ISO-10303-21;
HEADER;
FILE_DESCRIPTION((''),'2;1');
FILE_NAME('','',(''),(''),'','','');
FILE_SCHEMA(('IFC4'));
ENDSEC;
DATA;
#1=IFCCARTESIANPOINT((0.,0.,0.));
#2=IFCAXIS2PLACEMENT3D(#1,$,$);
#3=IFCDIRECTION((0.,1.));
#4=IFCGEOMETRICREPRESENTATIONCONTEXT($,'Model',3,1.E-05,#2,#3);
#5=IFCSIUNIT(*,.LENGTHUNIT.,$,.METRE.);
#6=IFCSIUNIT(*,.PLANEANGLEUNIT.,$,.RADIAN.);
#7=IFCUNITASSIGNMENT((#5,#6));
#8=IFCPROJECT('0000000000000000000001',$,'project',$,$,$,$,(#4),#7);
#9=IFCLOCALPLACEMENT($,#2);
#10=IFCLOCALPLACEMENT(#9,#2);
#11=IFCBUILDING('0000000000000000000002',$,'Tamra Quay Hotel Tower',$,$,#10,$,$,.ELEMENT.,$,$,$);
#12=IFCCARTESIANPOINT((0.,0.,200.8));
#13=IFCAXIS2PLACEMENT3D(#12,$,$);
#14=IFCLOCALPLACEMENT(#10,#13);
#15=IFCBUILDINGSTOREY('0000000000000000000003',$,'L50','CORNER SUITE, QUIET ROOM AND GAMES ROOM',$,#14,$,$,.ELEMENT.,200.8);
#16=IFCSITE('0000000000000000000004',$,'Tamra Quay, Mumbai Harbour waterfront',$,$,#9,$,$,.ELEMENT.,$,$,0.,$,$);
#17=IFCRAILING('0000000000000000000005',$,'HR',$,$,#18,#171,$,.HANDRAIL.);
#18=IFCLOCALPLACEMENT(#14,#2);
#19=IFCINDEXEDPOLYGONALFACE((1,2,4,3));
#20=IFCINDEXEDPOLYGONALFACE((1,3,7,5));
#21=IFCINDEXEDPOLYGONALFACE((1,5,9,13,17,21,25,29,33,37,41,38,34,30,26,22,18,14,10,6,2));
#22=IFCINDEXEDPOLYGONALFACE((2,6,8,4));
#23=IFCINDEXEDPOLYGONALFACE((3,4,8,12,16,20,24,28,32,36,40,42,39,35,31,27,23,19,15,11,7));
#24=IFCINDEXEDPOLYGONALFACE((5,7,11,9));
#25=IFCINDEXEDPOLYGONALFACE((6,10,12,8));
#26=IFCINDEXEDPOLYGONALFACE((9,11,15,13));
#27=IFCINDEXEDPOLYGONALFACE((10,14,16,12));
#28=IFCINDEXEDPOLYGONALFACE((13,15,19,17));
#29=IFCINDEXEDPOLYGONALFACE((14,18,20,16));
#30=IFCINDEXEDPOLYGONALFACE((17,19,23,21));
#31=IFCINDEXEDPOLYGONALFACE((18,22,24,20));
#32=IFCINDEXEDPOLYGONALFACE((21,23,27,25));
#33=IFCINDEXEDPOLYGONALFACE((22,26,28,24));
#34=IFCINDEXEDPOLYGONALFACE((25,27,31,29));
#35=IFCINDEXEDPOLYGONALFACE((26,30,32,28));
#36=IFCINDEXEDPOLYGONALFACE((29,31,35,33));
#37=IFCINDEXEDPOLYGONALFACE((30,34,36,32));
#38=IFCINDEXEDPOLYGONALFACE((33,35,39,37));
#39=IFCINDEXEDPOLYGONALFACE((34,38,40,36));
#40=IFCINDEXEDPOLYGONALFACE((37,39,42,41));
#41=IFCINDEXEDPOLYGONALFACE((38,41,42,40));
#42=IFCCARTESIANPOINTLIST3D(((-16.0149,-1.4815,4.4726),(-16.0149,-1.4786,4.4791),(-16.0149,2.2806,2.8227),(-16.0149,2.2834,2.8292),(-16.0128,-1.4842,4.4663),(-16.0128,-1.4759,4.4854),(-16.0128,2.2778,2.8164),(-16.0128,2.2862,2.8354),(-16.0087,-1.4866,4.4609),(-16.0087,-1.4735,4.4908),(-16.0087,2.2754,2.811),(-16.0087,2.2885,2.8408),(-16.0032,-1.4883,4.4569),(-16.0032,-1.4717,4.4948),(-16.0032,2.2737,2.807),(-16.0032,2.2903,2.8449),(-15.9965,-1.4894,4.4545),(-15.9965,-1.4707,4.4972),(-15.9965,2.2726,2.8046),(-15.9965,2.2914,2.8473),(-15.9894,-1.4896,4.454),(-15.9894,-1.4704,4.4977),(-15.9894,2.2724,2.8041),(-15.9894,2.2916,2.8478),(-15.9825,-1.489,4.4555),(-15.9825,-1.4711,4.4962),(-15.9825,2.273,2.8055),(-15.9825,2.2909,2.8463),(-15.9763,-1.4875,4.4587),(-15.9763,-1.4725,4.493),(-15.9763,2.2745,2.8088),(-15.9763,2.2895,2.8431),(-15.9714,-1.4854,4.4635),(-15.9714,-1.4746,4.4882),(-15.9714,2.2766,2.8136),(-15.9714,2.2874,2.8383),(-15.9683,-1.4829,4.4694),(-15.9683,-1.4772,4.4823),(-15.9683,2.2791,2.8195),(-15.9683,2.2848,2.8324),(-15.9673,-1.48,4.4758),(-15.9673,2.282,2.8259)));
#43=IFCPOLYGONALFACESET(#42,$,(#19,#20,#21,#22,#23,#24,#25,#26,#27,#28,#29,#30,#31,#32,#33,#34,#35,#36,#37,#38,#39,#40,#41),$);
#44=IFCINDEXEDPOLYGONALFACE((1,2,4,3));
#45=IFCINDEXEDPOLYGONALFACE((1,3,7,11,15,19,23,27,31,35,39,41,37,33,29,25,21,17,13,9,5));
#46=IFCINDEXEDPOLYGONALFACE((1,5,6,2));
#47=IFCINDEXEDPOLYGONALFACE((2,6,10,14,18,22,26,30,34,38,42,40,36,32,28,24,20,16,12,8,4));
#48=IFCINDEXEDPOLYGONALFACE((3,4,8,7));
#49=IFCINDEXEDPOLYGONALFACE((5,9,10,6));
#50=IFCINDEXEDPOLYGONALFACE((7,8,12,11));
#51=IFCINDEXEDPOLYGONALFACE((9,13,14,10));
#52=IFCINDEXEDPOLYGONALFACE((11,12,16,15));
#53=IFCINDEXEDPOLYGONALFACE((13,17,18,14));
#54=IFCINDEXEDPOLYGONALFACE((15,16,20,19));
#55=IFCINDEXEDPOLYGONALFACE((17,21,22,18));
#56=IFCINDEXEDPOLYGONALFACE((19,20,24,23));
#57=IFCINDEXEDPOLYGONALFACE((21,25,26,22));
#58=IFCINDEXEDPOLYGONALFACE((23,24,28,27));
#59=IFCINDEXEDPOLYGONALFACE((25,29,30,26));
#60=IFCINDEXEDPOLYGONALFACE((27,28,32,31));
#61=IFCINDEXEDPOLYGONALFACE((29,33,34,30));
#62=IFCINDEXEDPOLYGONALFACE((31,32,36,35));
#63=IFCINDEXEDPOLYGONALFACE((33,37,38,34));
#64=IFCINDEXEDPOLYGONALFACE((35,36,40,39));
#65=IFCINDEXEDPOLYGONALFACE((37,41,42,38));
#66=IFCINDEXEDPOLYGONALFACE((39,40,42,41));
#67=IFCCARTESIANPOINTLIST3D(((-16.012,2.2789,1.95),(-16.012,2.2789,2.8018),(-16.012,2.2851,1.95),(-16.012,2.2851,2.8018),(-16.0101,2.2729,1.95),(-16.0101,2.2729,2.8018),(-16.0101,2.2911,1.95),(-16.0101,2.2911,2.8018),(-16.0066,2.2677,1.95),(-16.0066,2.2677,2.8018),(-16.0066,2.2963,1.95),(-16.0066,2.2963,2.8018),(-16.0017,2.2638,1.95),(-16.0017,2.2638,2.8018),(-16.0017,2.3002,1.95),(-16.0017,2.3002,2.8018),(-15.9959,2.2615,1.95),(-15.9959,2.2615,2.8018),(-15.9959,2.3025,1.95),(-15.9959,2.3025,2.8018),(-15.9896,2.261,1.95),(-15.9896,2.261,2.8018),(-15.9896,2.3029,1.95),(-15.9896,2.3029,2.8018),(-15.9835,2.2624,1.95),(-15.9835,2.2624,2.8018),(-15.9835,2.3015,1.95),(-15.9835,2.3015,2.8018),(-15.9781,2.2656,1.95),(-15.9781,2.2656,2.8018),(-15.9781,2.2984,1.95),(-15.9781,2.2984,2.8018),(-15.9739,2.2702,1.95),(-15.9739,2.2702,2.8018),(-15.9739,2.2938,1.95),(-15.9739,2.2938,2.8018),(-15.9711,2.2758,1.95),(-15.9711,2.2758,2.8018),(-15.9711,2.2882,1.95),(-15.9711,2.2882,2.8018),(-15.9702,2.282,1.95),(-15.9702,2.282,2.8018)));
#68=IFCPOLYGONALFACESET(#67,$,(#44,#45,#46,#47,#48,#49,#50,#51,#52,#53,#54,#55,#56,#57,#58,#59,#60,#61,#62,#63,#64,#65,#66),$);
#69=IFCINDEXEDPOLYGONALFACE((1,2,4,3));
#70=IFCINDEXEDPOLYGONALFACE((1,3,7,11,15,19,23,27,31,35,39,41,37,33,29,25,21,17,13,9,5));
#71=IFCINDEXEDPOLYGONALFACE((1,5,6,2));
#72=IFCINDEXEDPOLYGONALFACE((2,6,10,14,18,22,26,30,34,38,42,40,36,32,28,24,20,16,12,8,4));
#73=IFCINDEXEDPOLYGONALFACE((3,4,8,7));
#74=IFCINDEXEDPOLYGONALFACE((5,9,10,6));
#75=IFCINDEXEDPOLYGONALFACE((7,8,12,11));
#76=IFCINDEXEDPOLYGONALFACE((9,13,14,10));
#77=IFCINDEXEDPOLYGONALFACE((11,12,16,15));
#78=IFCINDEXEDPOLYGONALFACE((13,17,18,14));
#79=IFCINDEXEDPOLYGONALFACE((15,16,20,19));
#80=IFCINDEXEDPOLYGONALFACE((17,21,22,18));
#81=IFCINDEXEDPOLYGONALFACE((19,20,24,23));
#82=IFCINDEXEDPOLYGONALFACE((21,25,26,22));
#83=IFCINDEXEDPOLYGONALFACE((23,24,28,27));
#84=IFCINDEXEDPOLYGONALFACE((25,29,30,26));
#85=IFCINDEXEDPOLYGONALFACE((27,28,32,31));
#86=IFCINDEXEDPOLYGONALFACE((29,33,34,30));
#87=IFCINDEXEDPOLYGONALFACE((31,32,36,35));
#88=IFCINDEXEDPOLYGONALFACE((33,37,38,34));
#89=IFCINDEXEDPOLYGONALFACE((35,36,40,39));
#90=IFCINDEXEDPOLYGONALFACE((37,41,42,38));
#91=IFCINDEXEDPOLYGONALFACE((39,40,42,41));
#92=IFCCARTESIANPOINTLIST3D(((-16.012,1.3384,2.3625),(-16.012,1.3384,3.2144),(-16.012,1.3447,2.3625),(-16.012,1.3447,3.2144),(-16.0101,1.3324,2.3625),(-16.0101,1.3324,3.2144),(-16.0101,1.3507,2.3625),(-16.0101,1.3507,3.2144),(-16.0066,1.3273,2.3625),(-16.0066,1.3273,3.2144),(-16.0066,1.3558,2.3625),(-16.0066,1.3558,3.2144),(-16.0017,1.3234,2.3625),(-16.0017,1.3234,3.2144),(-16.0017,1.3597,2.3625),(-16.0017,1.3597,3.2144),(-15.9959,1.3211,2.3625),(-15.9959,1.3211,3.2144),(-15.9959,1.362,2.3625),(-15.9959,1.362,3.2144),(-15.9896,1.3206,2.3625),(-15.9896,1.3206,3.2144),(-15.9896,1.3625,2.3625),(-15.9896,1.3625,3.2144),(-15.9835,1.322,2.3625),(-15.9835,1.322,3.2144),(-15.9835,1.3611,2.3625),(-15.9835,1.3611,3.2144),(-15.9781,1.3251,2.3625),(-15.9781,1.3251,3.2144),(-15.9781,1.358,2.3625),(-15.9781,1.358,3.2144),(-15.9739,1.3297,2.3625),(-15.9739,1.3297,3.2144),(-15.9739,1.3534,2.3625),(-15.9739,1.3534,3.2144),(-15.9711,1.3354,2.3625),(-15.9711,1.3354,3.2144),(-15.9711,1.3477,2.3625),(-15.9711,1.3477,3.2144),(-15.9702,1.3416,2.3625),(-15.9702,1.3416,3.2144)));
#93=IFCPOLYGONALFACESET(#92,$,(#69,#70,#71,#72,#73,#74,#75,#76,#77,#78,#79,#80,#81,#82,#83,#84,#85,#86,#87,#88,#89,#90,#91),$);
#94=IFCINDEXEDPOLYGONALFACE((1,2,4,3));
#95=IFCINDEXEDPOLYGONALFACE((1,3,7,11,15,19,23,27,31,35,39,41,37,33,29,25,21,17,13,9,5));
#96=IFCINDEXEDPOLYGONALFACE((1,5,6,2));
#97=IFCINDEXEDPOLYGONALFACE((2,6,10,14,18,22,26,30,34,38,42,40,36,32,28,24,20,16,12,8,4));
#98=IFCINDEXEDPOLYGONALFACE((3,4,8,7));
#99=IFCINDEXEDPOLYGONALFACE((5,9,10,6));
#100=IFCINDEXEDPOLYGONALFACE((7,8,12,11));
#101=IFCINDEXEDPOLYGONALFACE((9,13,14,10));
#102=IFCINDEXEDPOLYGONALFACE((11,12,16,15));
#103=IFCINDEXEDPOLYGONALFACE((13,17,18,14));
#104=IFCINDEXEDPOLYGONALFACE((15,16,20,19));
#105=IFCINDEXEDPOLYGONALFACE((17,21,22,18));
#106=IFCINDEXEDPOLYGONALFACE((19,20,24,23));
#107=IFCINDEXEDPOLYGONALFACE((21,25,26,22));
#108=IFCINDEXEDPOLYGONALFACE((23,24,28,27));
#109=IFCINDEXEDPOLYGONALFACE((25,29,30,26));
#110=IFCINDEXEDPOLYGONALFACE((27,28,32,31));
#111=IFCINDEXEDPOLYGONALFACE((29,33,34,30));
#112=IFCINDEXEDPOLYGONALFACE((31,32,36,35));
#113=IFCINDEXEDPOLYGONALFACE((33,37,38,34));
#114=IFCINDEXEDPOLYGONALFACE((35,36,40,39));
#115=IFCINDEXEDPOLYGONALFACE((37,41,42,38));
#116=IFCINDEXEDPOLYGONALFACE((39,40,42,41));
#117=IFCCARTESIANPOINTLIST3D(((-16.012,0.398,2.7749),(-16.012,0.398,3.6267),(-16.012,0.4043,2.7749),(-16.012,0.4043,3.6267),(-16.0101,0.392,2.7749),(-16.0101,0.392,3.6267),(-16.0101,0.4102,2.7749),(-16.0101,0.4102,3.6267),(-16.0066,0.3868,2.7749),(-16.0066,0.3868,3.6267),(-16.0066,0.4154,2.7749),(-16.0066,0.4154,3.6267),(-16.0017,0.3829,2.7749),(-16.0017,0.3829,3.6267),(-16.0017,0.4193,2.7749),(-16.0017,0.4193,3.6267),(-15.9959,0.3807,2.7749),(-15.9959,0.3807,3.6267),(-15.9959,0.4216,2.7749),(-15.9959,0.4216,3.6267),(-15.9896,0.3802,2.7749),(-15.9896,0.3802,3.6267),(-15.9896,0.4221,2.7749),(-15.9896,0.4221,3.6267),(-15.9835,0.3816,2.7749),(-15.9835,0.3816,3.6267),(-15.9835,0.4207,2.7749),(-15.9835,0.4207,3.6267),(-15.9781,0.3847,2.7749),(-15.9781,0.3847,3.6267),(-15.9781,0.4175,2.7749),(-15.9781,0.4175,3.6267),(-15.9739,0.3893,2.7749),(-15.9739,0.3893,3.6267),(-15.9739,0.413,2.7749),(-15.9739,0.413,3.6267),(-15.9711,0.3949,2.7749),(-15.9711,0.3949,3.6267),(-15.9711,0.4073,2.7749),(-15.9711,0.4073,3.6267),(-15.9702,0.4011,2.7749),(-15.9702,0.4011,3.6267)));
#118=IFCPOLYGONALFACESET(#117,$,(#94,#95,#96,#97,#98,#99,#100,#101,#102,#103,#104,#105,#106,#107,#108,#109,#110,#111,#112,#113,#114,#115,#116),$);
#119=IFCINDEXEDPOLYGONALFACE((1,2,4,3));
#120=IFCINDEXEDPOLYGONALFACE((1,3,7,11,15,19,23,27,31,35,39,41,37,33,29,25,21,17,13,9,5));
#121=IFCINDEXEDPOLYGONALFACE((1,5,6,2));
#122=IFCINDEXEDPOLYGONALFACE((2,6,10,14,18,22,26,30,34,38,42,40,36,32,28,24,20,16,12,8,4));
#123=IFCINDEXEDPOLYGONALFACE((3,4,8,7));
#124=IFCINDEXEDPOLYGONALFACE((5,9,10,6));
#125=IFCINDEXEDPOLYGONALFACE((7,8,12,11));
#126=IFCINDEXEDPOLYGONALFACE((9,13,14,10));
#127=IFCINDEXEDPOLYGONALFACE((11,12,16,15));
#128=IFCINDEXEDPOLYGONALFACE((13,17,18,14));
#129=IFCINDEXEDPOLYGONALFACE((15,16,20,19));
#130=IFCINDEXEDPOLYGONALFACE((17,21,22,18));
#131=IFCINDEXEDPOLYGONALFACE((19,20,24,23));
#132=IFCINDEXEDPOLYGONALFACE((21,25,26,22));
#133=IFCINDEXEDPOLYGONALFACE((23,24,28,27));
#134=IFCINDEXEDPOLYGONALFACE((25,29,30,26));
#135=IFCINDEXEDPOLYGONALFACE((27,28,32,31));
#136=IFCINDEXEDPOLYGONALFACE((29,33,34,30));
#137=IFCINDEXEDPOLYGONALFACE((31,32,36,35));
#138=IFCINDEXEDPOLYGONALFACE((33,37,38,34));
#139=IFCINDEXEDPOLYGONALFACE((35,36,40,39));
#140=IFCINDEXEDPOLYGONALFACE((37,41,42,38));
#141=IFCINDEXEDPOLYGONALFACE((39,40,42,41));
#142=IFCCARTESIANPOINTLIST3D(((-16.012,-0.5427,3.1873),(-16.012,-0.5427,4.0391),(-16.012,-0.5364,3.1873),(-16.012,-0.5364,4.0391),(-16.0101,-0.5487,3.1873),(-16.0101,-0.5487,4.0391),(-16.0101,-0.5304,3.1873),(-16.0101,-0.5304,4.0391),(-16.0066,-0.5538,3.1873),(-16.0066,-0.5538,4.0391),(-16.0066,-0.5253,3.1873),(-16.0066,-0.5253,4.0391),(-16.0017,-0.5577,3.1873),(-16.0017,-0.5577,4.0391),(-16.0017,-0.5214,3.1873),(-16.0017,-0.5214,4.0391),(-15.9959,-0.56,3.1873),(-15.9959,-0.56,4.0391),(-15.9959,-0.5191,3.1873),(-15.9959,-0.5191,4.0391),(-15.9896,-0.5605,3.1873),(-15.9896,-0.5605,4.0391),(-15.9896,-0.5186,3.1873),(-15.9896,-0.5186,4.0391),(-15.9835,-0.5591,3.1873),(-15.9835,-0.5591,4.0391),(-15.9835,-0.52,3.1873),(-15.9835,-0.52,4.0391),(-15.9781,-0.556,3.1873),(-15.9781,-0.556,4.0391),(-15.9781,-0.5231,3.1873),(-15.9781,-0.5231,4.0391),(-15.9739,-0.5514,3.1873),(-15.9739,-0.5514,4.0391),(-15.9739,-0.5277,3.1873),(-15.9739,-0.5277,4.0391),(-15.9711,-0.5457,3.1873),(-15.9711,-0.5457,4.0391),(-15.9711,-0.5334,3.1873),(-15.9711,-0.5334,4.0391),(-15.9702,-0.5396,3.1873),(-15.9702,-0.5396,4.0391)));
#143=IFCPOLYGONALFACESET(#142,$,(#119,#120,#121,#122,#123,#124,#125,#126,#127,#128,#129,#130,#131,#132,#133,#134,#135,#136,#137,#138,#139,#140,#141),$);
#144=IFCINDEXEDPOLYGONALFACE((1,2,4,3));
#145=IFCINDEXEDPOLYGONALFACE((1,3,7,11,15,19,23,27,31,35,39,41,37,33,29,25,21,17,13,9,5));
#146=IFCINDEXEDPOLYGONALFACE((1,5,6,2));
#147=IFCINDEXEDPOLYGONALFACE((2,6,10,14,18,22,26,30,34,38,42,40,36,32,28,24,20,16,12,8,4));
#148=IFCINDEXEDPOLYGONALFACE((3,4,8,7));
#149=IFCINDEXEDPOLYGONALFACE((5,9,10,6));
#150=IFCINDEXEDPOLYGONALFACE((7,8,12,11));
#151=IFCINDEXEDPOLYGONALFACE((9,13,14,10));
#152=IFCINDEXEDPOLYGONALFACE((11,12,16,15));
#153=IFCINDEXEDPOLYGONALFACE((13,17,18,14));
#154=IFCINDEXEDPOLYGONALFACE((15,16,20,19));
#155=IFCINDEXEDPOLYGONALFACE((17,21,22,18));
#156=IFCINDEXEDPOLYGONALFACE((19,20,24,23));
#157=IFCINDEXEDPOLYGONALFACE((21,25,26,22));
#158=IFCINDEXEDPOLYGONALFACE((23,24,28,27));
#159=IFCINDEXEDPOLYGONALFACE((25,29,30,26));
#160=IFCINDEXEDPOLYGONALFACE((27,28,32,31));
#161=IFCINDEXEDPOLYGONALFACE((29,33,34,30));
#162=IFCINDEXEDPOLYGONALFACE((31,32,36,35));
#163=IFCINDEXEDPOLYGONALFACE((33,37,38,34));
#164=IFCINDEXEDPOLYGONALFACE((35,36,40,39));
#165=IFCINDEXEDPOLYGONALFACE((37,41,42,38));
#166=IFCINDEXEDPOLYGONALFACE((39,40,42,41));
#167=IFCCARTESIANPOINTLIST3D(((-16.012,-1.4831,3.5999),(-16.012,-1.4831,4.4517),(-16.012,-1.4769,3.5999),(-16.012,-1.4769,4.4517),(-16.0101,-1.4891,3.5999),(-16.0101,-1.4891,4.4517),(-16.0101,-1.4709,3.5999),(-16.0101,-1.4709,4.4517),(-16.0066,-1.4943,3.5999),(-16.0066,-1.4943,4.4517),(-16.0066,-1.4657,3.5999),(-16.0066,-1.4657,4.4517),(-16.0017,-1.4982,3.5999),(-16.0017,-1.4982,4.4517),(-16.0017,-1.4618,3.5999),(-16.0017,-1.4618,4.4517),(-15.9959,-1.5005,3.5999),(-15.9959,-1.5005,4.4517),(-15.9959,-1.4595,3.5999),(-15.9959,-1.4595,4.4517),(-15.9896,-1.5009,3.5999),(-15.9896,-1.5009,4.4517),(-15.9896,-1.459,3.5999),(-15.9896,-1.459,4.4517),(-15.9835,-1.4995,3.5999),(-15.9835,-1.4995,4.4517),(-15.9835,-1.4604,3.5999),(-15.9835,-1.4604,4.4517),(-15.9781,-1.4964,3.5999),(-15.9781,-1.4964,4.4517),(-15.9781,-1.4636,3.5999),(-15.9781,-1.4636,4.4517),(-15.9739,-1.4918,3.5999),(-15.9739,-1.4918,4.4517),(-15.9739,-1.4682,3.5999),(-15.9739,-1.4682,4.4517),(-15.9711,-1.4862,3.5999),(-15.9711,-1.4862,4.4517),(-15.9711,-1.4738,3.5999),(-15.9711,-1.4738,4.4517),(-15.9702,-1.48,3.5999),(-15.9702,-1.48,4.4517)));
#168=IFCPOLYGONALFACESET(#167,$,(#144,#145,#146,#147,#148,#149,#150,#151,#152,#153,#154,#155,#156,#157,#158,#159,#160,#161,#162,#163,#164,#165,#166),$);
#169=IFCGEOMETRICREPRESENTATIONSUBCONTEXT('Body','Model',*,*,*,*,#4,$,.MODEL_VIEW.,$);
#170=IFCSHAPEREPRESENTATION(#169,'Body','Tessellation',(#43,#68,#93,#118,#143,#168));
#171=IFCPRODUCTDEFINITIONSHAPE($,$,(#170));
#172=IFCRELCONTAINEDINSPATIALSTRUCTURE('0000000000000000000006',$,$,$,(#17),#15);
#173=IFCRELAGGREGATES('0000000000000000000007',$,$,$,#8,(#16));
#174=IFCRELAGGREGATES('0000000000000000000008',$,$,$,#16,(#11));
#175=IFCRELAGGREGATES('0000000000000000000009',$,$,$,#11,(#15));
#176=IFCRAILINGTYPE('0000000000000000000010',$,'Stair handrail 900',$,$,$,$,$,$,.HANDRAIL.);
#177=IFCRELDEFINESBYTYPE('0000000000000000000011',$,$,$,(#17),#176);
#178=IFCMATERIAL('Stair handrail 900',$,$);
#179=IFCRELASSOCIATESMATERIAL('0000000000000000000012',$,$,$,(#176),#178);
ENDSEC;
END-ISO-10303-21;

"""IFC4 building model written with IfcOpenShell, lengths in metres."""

from ifc_helpers import new_model, si_unit, direction, frame, origin, origin_2d, place, context, subcontext, project, spatial, circle, extrude, material, type_object, element, save


model = new_model("IFC4")

# Units and contexts
model_context = context("Model", 3, precision=1e-05, world=origin(), true_north=direction((0.0, 1.0)))
body_context = subcontext(model_context, "Body", "Model", "MODEL_VIEW")
ifc_project = project(units=[si_unit("LENGTHUNIT", "METRE"), si_unit("PLANEANGLEUNIT", "RADIAN")], contexts=[model_context])

# Site, building, storey
site_placement = place(None, origin())
site = spatial("IfcSite", under=ifc_project, at=site_placement, Name="Tamra Quay, Mumbai Harbour waterfront", CompositionType="ELEMENT", RefElevation=0.0)
building_placement = place(site_placement, origin())
building = spatial("IfcBuilding", under=site, at=building_placement, Name="Tamra Quay Hotel Tower", CompositionType="ELEMENT")
storey_placement = place(building_placement, frame((0.0, 0.0, 200.8)))
storey = spatial("IfcBuildingStorey", under=building, at=storey_placement, Name="L50", Description="CORNER SUITE, QUIET ROOM AND GAMES ROOM", CompositionType="ELEMENT", Elevation=200.8)

# Railing
ifc_material_1 = material(Name="Stair handrail 900")
railing_type = type_object("IfcRailingType", Name="Stair handrail 900", PredefinedType="HANDRAIL", material=ifc_material_1)
railing_placement = place(storey_placement, frame((-15.9912, 2.282, 1.95)))
element("IfcRailing", 1, at=railing_placement, inside=storey, type_object=railing_type, Name="HR", PredefinedType="HANDRAIL", context=body_context, shape_type="SweptSolid", body=[
    extrude(circle(Radius=0.0239, at=origin_2d()), frame((0.0, 0.0, 0.876), z_axis=(0.0, -0.915795, 0.401645), x_axis=(1.0, 0.0, 0.0)), (0.0, 0.0, 1.0), 4.1079),
    extrude(circle(Radius=0.021, at=origin_2d()), origin(), (0.0, 0.0, 1.0), 0.8518),
    extrude(circle(Radius=0.021, at=origin_2d()), frame((0.0, -0.9404, 0.4126)), (0.0, 0.0, 1.0), 0.8518),
    extrude(circle(Radius=0.021, at=origin_2d()), frame((0.0, -1.8809, 0.825)), (0.0, 0.0, 1.0), 0.8518),
    extrude(circle(Radius=0.021, at=origin_2d()), frame((0.0, -2.8215, 1.2373)), (0.0, 0.0, 1.0), 0.8518),
    extrude(circle(Radius=0.021, at=origin_2d()), frame((0.0, -3.762, 1.6499)), (0.0, 0.0, 1.0), 0.8518),
])

save(model, "model.ifc")
